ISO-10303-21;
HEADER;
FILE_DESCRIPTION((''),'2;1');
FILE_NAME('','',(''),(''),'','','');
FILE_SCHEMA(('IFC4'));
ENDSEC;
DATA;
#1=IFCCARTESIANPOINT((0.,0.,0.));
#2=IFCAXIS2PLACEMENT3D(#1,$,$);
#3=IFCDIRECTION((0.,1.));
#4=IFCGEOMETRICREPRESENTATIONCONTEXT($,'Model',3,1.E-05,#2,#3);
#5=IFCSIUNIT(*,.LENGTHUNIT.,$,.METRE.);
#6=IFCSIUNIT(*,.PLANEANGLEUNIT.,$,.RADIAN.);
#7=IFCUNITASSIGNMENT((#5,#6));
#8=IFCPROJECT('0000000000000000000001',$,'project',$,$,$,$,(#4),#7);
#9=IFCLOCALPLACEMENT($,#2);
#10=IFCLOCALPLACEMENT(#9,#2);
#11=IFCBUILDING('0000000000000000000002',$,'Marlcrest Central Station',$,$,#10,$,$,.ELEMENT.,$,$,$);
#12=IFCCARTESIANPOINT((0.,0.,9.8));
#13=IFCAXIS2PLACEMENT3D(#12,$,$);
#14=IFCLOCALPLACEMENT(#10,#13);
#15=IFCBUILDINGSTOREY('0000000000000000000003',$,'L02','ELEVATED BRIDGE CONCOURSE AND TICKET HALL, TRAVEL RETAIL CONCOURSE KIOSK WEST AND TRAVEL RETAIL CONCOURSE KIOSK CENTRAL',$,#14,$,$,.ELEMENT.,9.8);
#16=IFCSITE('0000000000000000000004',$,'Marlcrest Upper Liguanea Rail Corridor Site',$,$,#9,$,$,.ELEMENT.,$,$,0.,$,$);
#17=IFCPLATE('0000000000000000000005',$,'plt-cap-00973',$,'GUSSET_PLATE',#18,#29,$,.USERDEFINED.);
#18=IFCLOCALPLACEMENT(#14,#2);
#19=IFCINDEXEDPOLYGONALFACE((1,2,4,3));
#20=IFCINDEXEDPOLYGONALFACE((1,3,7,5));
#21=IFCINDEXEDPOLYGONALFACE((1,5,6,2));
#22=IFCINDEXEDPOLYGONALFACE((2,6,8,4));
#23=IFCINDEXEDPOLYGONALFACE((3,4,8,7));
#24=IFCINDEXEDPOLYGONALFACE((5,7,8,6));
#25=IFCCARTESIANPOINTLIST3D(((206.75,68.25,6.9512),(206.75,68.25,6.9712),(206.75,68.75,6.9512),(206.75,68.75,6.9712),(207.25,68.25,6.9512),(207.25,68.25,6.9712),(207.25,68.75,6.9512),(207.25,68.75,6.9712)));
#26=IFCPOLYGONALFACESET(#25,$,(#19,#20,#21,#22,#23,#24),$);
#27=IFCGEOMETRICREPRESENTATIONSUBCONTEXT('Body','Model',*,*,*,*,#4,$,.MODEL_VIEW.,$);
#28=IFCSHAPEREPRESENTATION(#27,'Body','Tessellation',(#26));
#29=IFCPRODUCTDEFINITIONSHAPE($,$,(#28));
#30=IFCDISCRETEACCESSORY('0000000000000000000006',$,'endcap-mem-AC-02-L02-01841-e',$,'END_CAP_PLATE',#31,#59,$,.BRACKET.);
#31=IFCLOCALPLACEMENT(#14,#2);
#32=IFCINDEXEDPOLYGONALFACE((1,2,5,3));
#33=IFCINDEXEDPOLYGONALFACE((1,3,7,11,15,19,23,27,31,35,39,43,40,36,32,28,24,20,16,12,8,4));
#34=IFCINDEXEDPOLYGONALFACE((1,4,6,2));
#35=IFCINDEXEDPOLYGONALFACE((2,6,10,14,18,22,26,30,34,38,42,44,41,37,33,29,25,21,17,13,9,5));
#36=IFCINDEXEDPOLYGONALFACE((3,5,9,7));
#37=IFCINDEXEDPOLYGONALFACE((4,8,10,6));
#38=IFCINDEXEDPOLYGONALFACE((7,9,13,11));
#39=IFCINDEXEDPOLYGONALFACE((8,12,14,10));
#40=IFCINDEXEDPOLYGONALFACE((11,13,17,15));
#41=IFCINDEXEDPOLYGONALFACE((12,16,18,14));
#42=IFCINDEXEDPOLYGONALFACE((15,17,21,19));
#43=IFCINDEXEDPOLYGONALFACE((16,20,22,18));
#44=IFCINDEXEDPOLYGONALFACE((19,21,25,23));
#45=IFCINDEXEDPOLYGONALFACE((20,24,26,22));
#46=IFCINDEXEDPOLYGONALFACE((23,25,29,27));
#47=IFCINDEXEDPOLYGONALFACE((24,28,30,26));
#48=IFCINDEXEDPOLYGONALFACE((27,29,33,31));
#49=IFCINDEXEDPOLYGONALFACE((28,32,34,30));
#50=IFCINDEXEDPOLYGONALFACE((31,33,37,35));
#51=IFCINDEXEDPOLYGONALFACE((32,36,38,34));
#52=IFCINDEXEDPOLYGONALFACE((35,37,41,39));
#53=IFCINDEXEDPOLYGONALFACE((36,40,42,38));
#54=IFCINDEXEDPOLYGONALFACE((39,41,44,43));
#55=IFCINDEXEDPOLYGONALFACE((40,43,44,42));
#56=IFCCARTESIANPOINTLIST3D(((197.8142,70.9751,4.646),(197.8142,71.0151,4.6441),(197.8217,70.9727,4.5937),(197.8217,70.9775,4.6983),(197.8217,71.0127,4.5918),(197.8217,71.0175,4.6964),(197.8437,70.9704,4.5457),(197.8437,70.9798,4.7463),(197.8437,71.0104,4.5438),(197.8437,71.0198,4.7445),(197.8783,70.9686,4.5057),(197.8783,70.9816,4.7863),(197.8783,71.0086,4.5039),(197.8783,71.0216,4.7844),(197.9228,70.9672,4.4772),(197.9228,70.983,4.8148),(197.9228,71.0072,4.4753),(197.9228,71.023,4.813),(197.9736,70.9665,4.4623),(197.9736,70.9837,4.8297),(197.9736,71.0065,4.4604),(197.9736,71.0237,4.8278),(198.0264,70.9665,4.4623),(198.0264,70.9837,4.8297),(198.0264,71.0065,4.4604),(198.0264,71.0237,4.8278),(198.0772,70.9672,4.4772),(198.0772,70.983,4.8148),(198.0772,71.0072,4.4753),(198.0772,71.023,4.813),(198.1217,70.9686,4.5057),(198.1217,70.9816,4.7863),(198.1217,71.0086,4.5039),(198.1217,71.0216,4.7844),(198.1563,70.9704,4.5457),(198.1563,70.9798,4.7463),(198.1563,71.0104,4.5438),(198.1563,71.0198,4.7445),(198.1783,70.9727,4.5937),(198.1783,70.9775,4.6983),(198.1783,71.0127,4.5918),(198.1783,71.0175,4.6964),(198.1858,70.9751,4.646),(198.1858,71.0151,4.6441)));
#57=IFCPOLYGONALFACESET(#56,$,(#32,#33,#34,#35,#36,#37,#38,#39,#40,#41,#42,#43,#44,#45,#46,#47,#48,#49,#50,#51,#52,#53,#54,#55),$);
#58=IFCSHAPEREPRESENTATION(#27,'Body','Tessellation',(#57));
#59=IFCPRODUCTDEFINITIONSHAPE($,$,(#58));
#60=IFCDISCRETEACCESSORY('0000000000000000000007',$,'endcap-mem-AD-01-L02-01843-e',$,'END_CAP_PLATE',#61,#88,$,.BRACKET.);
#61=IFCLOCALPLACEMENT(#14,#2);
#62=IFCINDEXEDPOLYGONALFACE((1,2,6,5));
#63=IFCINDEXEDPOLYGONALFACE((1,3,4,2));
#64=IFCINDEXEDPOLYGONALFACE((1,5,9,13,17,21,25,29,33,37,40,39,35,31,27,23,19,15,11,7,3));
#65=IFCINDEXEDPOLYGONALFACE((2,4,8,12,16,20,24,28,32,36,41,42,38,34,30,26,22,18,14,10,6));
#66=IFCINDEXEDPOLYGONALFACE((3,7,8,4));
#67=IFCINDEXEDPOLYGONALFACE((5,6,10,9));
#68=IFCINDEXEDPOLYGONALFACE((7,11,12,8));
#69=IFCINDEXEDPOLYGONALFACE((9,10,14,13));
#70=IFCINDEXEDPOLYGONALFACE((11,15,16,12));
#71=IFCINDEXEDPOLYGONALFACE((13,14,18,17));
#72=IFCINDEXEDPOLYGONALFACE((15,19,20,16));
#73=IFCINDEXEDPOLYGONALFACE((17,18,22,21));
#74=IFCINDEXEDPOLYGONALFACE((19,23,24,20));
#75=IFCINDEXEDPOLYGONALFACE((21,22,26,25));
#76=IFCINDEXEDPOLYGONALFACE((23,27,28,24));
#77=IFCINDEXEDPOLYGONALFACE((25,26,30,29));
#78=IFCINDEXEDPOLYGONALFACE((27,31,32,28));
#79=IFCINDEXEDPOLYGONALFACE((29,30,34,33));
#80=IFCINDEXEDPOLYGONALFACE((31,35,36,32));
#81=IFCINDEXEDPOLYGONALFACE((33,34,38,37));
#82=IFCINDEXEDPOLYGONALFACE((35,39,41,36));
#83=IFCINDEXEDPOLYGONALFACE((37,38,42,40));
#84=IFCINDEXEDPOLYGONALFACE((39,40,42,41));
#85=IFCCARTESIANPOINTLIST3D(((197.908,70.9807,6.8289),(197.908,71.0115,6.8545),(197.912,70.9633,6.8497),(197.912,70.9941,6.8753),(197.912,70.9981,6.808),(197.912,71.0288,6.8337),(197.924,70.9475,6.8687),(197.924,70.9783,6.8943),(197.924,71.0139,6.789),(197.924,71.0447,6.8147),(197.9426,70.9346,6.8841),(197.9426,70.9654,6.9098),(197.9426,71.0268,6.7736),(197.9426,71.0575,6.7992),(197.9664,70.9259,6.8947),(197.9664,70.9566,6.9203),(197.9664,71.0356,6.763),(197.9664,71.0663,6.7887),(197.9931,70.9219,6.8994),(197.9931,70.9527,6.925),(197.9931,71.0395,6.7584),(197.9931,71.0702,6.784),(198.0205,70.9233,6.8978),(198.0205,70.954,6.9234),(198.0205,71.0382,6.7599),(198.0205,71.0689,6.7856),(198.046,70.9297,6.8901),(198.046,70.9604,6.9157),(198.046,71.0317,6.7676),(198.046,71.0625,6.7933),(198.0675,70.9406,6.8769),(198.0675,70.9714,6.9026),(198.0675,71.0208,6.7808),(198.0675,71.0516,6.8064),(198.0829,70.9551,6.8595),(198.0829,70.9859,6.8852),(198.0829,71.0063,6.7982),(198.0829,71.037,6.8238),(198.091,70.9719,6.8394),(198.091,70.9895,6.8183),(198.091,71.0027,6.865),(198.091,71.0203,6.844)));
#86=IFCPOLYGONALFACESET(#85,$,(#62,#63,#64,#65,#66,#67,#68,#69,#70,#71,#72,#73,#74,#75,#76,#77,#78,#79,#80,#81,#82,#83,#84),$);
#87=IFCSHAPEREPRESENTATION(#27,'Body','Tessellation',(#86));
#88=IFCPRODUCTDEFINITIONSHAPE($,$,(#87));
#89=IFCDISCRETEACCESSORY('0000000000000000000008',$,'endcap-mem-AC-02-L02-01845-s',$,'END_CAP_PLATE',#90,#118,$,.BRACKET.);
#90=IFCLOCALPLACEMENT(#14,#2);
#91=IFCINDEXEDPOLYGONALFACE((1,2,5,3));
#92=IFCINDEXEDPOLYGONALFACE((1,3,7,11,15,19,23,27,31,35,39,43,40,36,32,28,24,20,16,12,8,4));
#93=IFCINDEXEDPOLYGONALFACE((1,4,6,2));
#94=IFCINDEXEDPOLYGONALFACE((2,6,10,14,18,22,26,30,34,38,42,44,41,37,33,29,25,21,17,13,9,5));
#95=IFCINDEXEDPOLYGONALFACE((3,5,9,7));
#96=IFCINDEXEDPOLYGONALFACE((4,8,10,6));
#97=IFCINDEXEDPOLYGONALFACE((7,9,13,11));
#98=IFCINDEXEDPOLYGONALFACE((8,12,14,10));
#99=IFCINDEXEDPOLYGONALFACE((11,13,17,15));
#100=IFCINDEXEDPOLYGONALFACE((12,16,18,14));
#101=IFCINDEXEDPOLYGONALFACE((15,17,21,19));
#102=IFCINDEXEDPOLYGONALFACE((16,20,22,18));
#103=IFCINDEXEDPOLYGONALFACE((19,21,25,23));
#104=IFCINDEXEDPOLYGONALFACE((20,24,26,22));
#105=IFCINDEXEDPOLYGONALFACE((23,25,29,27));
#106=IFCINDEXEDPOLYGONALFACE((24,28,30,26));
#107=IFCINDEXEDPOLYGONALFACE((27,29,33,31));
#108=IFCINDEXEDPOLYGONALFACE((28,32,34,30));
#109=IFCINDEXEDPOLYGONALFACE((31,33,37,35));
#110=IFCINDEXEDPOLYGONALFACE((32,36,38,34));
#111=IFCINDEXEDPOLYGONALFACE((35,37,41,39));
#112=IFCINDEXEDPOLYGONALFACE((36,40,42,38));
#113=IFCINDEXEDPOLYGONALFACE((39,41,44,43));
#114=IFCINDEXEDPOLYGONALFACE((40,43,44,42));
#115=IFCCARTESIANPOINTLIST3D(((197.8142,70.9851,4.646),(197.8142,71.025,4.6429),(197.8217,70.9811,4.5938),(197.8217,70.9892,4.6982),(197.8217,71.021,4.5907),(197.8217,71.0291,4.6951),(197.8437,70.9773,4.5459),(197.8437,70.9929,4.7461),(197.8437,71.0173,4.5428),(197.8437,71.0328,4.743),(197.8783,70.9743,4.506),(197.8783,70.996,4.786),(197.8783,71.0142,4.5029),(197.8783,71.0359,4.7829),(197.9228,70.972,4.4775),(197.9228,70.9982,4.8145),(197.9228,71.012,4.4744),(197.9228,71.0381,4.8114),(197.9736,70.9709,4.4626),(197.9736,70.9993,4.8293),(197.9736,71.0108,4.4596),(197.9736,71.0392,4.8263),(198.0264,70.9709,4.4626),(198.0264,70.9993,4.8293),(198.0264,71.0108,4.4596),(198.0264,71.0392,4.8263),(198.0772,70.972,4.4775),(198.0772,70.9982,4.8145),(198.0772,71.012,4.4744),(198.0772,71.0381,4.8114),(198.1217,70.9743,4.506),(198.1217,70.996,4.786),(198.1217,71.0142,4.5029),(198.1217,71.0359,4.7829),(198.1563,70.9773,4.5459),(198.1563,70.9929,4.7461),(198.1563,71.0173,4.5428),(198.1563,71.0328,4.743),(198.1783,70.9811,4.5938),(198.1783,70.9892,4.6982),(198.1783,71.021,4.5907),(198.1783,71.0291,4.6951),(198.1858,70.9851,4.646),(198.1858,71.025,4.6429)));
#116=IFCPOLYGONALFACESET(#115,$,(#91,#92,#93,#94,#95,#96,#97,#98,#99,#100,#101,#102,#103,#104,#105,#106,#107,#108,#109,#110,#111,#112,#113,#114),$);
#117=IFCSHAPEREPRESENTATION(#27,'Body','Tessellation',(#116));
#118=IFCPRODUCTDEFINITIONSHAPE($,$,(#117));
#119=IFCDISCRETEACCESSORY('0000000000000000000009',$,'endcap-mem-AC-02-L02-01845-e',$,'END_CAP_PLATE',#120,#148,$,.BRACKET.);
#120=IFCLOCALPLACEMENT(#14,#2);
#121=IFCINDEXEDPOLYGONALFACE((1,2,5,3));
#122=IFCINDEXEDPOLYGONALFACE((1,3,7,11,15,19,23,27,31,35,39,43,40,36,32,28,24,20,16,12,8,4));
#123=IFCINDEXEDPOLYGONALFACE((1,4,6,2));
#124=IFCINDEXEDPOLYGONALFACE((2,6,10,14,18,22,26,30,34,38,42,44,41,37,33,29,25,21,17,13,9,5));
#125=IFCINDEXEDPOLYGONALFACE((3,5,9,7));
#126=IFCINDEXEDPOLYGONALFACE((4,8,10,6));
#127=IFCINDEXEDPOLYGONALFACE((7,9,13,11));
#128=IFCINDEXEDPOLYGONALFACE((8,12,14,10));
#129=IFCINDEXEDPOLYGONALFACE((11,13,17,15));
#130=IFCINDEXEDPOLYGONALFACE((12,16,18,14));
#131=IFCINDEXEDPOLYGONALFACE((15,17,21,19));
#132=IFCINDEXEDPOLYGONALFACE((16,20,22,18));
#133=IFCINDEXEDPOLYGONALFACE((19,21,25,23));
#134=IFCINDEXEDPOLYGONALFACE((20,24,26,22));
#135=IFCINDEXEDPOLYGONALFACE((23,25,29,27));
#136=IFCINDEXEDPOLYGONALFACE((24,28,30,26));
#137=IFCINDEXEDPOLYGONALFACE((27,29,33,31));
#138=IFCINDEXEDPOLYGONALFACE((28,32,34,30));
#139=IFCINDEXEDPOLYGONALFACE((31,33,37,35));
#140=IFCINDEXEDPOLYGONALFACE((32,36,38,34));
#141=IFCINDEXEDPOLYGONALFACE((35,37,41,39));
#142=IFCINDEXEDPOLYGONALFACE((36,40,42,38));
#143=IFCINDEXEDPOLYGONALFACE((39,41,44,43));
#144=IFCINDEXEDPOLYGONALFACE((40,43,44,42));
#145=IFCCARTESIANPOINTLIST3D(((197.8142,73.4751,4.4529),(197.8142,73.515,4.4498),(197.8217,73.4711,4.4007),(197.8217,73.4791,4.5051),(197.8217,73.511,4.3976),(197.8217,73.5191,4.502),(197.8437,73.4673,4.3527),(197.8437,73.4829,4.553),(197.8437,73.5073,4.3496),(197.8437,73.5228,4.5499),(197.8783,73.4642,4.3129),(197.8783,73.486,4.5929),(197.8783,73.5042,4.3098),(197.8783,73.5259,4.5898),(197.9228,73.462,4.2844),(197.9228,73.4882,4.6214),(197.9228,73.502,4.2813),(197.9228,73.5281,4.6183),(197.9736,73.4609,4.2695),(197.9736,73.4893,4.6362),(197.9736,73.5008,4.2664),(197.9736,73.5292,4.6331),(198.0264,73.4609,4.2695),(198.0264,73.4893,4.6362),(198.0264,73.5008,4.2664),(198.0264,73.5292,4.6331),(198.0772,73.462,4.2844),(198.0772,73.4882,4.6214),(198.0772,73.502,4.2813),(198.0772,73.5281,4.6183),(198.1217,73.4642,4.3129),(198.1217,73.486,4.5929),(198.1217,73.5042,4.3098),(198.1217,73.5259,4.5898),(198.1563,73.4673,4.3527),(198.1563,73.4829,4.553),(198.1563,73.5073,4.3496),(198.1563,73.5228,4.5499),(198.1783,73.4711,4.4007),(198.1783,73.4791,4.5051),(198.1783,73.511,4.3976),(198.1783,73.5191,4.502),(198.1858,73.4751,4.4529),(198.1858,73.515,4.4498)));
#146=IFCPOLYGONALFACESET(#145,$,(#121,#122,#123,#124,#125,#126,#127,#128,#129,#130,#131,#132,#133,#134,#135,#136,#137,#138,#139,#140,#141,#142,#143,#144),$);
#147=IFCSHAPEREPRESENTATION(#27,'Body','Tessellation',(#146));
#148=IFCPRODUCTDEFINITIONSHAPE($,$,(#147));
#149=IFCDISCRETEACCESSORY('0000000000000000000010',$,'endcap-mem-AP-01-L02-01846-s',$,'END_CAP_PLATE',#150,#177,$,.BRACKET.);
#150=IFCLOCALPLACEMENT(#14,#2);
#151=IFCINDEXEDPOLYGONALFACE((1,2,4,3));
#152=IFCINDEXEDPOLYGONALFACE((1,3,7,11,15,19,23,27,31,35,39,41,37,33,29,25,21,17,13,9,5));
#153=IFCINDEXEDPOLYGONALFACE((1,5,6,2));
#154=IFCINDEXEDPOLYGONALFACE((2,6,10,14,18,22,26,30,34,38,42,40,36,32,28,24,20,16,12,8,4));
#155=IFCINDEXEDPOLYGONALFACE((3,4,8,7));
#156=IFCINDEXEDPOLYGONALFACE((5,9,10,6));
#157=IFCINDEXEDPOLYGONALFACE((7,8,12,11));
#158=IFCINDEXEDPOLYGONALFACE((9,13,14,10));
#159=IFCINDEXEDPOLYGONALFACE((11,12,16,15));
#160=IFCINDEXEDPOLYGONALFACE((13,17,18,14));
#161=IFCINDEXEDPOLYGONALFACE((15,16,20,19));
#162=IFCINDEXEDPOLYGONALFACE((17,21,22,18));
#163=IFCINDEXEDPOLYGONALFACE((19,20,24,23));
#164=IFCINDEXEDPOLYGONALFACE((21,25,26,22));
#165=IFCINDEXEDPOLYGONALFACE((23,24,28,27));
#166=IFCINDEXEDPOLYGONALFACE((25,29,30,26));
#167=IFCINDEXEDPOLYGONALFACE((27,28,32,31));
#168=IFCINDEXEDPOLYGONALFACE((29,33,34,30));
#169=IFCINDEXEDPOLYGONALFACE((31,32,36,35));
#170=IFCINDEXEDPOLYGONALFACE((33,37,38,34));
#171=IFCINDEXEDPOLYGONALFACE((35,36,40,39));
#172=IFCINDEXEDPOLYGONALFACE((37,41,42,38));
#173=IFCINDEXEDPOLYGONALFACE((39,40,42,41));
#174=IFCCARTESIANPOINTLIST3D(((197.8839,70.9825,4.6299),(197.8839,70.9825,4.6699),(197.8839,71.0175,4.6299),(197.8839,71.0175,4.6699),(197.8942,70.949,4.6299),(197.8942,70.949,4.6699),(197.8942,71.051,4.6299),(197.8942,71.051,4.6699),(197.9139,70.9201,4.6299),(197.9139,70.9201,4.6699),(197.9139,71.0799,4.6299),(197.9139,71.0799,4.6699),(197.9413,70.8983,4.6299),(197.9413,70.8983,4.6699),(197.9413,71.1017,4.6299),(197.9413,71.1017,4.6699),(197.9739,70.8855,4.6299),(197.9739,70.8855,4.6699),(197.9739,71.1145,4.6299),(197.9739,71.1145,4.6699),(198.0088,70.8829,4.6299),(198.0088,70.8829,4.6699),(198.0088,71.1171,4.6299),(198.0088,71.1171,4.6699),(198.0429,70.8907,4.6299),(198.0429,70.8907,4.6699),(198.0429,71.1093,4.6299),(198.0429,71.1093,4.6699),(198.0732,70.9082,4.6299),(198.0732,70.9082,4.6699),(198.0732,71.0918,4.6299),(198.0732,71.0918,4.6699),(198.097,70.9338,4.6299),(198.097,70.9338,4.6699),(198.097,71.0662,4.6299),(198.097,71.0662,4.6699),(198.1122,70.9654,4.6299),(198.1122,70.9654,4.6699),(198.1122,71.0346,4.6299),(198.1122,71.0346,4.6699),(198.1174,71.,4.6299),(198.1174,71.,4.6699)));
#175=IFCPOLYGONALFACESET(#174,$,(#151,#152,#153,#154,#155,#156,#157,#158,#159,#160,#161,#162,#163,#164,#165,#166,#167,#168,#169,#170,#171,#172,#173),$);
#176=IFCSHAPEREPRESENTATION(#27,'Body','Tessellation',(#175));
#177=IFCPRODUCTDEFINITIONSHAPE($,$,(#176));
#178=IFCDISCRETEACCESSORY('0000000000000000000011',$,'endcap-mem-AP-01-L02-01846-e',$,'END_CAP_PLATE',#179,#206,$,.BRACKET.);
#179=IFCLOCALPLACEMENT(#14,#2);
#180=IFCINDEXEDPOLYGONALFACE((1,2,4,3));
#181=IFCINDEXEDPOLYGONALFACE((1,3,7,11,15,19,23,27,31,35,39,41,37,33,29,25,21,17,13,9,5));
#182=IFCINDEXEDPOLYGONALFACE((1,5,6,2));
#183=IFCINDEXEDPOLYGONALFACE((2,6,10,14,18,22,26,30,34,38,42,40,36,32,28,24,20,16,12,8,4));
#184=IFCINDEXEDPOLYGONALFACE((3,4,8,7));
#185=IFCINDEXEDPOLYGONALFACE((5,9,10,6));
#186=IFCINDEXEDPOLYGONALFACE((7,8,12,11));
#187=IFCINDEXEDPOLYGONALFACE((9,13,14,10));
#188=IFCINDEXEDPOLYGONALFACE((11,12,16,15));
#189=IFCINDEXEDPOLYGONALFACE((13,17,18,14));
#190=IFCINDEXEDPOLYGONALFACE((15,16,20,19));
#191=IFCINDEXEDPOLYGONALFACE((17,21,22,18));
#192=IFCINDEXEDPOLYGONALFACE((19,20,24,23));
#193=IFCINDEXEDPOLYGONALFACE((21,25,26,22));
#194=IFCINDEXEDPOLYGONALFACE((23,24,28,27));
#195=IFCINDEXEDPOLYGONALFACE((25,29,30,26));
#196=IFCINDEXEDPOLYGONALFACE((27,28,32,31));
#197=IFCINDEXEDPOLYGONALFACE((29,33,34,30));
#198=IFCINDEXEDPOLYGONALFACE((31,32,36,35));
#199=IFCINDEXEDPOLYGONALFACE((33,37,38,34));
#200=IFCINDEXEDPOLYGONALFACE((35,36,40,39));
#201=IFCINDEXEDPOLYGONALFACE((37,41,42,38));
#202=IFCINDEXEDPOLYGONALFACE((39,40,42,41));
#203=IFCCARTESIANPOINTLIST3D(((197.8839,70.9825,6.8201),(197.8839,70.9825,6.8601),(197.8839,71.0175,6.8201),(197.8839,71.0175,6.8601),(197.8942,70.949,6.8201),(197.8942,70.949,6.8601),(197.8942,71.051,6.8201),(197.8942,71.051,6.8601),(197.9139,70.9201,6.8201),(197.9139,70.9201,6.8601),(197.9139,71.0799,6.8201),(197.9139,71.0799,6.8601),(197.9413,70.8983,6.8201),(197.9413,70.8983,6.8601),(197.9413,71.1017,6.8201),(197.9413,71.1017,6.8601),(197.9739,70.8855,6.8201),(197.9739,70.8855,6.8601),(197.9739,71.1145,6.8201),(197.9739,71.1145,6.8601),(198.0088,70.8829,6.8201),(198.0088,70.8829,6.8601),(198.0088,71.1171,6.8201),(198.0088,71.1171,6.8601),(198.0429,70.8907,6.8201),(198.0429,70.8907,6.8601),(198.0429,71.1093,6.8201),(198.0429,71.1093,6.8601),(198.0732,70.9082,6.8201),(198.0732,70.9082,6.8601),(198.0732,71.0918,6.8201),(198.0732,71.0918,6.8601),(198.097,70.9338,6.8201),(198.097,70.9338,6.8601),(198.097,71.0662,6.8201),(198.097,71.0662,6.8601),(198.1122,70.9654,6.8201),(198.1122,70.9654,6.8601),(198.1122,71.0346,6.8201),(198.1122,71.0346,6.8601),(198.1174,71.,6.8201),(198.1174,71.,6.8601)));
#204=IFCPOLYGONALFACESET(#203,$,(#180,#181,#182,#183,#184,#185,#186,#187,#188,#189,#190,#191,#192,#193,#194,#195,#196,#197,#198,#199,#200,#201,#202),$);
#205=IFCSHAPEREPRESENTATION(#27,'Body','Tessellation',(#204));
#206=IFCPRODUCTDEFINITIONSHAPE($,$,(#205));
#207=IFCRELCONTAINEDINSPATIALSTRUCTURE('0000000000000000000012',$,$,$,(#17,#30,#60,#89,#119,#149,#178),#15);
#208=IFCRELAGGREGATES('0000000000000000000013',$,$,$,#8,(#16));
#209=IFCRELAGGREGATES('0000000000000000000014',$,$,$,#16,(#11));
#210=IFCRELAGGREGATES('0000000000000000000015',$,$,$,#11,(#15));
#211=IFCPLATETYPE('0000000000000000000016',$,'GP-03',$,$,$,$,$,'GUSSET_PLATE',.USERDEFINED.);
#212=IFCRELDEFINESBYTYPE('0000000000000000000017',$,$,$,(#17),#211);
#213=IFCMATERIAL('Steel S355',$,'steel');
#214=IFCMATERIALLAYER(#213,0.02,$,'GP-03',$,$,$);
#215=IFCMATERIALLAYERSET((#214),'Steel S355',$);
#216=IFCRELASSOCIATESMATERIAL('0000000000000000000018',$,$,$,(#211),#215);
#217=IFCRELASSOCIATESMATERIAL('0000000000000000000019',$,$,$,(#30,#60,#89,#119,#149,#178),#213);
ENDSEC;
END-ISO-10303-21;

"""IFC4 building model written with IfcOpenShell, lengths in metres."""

from ifc_helpers import new_model, si_unit, direction, frame, origin, origin_2d, place, context, subcontext, project, spatial, rectangle, circle, extrude, material, layer, layer_set, type_object, element, save


model = new_model("IFC4")

# Units and contexts
model_context = context("Model", 3, precision=1e-05, world=origin(), true_north=direction((0.0, 1.0)))
body_context = subcontext(model_context, "Body", "Model", "MODEL_VIEW")
ifc_project = project(units=[si_unit("LENGTHUNIT", "METRE"), si_unit("PLANEANGLEUNIT", "RADIAN")], contexts=[model_context])

# Site, building, storey
site_placement = place(None, origin())
site = spatial("IfcSite", under=ifc_project, at=site_placement, Name="Marlcrest Upper Liguanea Rail Corridor Site", CompositionType="ELEMENT", RefElevation=0.0)
building_placement = place(site_placement, origin())
building = spatial("IfcBuilding", under=site, at=building_placement, Name="Marlcrest Central Station", CompositionType="ELEMENT")
storey_placement = place(building_placement, frame((0.0, 0.0, 9.8)))
storey = spatial("IfcBuildingStorey", under=building, at=storey_placement, Name="L02", Description="ELEVATED BRIDGE CONCOURSE AND TICKET HALL, TRAVEL RETAIL CONCOURSE KIOSK WEST AND TRAVEL RETAIL CONCOURSE KIOSK CENTRAL", CompositionType="ELEMENT", Elevation=9.8)

# Shared definitions
ifc_material = material(Name="Steel S355", Category="steel")

# Plate
ifc_layer = layer(ifc_material, 0.02, Name="GP-03")
ifc_layer_set = layer_set([ifc_layer], Name="Steel S355")
plate_type = type_object("IfcPlateType", Name="GP-03", ElementType="GUSSET_PLATE", PredefinedType="USERDEFINED", material=ifc_layer_set)
for number, where, z_axis, x_axis, name in (
    (1, (207.0, 68.5, 6.9512), (0.0, 0.0, 1.0), (1.0, 0.0, 0.0), "plt-cap-00973"),
):
    element("IfcPlate", number, at=place(storey_placement, frame(where, z_axis=z_axis, x_axis=x_axis)), inside=storey, type_object=plate_type, Name=name, ObjectType="GUSSET_PLATE", PredefinedType="USERDEFINED", context=body_context, shape_type="SweptSolid", body=[
        extrude(rectangle(XDim=0.5, YDim=0.5, at=origin_2d()), origin(), (0.0, 0.0, 1.0), 0.02),
    ])

# Discrete accessories
discrete_accessory_1_placement = place(storey_placement, frame((198.0, 70.9751, 4.646), z_axis=(0.0, 0.998917, -0.046532), x_axis=(-1.0, 0.0, 0.0)))
element("IfcDiscreteAccessory", 2, at=discrete_accessory_1_placement, inside=storey, material=ifc_material, Name="endcap-mem-AC-02-L02-01841-e", ObjectType="END_CAP_PLATE", PredefinedType="BRACKET", context=body_context, shape_type="SweptSolid", body=[
    extrude(circle(Radius=0.1858, at=origin_2d()), origin(), (0.0, 0.0, 1.0), 0.04),
])
discrete_accessory_2_placement = place(storey_placement, frame((198.0, 70.9807, 6.8289), z_axis=(0.0, 0.76816, 0.640258), x_axis=(-1.0, 0.0, 0.0)))
element("IfcDiscreteAccessory", 3, at=discrete_accessory_2_placement, inside=storey, material=ifc_material, Name="endcap-mem-AD-01-L02-01843-e", ObjectType="END_CAP_PLATE", PredefinedType="BRACKET", context=body_context, shape_type="SweptSolid", body=[
    extrude(circle(Radius=0.092, at=origin_2d()), origin(), (0.0, 0.0, 1.0), 0.04),
])
for number, where, z_axis, x_axis, name in (
    (4, (198.0, 70.9851, 4.646), (0.0, 0.997007, -0.077307), (-1.0, 0.0, 0.0), "endcap-mem-AC-02-L02-01845-s"),
    (5, (198.0, 73.4751, 4.4529), (0.0, 0.997007, -0.077307), (-1.0, 0.0, 0.0), "endcap-mem-AC-02-L02-01845-e"),
):
    element("IfcDiscreteAccessory", number, at=place(storey_placement, frame(where, z_axis=z_axis, x_axis=x_axis)), inside=storey, material=ifc_material, Name=name, ObjectType="END_CAP_PLATE", PredefinedType="BRACKET", context=body_context, shape_type="SweptSolid", body=[
        extrude(circle(Radius=0.1858, at=origin_2d()), origin(), (0.0, 0.0, 1.0), 0.04),
    ])
for number, where, z_axis, x_axis, name in (
    (6, (198.0, 71.0, 4.6299), (0.0, 0.0, 1.0), (1.0, 0.0, 0.0), "endcap-mem-AP-01-L02-01846-s"),
    (7, (198.0, 71.0, 6.8201), (0.0, 0.0, 1.0), (1.0, 0.0, 0.0), "endcap-mem-AP-01-L02-01846-e"),
):
    element("IfcDiscreteAccessory", number, at=place(storey_placement, frame(where, z_axis=z_axis, x_axis=x_axis)), inside=storey, material=ifc_material, Name=name, ObjectType="END_CAP_PLATE", PredefinedType="BRACKET", context=body_context, shape_type="SweptSolid", body=[
        extrude(circle(Radius=0.1174, at=origin_2d()), origin(), (0.0, 0.0, 1.0), 0.04),
    ])

save(model, "model.ifc")
